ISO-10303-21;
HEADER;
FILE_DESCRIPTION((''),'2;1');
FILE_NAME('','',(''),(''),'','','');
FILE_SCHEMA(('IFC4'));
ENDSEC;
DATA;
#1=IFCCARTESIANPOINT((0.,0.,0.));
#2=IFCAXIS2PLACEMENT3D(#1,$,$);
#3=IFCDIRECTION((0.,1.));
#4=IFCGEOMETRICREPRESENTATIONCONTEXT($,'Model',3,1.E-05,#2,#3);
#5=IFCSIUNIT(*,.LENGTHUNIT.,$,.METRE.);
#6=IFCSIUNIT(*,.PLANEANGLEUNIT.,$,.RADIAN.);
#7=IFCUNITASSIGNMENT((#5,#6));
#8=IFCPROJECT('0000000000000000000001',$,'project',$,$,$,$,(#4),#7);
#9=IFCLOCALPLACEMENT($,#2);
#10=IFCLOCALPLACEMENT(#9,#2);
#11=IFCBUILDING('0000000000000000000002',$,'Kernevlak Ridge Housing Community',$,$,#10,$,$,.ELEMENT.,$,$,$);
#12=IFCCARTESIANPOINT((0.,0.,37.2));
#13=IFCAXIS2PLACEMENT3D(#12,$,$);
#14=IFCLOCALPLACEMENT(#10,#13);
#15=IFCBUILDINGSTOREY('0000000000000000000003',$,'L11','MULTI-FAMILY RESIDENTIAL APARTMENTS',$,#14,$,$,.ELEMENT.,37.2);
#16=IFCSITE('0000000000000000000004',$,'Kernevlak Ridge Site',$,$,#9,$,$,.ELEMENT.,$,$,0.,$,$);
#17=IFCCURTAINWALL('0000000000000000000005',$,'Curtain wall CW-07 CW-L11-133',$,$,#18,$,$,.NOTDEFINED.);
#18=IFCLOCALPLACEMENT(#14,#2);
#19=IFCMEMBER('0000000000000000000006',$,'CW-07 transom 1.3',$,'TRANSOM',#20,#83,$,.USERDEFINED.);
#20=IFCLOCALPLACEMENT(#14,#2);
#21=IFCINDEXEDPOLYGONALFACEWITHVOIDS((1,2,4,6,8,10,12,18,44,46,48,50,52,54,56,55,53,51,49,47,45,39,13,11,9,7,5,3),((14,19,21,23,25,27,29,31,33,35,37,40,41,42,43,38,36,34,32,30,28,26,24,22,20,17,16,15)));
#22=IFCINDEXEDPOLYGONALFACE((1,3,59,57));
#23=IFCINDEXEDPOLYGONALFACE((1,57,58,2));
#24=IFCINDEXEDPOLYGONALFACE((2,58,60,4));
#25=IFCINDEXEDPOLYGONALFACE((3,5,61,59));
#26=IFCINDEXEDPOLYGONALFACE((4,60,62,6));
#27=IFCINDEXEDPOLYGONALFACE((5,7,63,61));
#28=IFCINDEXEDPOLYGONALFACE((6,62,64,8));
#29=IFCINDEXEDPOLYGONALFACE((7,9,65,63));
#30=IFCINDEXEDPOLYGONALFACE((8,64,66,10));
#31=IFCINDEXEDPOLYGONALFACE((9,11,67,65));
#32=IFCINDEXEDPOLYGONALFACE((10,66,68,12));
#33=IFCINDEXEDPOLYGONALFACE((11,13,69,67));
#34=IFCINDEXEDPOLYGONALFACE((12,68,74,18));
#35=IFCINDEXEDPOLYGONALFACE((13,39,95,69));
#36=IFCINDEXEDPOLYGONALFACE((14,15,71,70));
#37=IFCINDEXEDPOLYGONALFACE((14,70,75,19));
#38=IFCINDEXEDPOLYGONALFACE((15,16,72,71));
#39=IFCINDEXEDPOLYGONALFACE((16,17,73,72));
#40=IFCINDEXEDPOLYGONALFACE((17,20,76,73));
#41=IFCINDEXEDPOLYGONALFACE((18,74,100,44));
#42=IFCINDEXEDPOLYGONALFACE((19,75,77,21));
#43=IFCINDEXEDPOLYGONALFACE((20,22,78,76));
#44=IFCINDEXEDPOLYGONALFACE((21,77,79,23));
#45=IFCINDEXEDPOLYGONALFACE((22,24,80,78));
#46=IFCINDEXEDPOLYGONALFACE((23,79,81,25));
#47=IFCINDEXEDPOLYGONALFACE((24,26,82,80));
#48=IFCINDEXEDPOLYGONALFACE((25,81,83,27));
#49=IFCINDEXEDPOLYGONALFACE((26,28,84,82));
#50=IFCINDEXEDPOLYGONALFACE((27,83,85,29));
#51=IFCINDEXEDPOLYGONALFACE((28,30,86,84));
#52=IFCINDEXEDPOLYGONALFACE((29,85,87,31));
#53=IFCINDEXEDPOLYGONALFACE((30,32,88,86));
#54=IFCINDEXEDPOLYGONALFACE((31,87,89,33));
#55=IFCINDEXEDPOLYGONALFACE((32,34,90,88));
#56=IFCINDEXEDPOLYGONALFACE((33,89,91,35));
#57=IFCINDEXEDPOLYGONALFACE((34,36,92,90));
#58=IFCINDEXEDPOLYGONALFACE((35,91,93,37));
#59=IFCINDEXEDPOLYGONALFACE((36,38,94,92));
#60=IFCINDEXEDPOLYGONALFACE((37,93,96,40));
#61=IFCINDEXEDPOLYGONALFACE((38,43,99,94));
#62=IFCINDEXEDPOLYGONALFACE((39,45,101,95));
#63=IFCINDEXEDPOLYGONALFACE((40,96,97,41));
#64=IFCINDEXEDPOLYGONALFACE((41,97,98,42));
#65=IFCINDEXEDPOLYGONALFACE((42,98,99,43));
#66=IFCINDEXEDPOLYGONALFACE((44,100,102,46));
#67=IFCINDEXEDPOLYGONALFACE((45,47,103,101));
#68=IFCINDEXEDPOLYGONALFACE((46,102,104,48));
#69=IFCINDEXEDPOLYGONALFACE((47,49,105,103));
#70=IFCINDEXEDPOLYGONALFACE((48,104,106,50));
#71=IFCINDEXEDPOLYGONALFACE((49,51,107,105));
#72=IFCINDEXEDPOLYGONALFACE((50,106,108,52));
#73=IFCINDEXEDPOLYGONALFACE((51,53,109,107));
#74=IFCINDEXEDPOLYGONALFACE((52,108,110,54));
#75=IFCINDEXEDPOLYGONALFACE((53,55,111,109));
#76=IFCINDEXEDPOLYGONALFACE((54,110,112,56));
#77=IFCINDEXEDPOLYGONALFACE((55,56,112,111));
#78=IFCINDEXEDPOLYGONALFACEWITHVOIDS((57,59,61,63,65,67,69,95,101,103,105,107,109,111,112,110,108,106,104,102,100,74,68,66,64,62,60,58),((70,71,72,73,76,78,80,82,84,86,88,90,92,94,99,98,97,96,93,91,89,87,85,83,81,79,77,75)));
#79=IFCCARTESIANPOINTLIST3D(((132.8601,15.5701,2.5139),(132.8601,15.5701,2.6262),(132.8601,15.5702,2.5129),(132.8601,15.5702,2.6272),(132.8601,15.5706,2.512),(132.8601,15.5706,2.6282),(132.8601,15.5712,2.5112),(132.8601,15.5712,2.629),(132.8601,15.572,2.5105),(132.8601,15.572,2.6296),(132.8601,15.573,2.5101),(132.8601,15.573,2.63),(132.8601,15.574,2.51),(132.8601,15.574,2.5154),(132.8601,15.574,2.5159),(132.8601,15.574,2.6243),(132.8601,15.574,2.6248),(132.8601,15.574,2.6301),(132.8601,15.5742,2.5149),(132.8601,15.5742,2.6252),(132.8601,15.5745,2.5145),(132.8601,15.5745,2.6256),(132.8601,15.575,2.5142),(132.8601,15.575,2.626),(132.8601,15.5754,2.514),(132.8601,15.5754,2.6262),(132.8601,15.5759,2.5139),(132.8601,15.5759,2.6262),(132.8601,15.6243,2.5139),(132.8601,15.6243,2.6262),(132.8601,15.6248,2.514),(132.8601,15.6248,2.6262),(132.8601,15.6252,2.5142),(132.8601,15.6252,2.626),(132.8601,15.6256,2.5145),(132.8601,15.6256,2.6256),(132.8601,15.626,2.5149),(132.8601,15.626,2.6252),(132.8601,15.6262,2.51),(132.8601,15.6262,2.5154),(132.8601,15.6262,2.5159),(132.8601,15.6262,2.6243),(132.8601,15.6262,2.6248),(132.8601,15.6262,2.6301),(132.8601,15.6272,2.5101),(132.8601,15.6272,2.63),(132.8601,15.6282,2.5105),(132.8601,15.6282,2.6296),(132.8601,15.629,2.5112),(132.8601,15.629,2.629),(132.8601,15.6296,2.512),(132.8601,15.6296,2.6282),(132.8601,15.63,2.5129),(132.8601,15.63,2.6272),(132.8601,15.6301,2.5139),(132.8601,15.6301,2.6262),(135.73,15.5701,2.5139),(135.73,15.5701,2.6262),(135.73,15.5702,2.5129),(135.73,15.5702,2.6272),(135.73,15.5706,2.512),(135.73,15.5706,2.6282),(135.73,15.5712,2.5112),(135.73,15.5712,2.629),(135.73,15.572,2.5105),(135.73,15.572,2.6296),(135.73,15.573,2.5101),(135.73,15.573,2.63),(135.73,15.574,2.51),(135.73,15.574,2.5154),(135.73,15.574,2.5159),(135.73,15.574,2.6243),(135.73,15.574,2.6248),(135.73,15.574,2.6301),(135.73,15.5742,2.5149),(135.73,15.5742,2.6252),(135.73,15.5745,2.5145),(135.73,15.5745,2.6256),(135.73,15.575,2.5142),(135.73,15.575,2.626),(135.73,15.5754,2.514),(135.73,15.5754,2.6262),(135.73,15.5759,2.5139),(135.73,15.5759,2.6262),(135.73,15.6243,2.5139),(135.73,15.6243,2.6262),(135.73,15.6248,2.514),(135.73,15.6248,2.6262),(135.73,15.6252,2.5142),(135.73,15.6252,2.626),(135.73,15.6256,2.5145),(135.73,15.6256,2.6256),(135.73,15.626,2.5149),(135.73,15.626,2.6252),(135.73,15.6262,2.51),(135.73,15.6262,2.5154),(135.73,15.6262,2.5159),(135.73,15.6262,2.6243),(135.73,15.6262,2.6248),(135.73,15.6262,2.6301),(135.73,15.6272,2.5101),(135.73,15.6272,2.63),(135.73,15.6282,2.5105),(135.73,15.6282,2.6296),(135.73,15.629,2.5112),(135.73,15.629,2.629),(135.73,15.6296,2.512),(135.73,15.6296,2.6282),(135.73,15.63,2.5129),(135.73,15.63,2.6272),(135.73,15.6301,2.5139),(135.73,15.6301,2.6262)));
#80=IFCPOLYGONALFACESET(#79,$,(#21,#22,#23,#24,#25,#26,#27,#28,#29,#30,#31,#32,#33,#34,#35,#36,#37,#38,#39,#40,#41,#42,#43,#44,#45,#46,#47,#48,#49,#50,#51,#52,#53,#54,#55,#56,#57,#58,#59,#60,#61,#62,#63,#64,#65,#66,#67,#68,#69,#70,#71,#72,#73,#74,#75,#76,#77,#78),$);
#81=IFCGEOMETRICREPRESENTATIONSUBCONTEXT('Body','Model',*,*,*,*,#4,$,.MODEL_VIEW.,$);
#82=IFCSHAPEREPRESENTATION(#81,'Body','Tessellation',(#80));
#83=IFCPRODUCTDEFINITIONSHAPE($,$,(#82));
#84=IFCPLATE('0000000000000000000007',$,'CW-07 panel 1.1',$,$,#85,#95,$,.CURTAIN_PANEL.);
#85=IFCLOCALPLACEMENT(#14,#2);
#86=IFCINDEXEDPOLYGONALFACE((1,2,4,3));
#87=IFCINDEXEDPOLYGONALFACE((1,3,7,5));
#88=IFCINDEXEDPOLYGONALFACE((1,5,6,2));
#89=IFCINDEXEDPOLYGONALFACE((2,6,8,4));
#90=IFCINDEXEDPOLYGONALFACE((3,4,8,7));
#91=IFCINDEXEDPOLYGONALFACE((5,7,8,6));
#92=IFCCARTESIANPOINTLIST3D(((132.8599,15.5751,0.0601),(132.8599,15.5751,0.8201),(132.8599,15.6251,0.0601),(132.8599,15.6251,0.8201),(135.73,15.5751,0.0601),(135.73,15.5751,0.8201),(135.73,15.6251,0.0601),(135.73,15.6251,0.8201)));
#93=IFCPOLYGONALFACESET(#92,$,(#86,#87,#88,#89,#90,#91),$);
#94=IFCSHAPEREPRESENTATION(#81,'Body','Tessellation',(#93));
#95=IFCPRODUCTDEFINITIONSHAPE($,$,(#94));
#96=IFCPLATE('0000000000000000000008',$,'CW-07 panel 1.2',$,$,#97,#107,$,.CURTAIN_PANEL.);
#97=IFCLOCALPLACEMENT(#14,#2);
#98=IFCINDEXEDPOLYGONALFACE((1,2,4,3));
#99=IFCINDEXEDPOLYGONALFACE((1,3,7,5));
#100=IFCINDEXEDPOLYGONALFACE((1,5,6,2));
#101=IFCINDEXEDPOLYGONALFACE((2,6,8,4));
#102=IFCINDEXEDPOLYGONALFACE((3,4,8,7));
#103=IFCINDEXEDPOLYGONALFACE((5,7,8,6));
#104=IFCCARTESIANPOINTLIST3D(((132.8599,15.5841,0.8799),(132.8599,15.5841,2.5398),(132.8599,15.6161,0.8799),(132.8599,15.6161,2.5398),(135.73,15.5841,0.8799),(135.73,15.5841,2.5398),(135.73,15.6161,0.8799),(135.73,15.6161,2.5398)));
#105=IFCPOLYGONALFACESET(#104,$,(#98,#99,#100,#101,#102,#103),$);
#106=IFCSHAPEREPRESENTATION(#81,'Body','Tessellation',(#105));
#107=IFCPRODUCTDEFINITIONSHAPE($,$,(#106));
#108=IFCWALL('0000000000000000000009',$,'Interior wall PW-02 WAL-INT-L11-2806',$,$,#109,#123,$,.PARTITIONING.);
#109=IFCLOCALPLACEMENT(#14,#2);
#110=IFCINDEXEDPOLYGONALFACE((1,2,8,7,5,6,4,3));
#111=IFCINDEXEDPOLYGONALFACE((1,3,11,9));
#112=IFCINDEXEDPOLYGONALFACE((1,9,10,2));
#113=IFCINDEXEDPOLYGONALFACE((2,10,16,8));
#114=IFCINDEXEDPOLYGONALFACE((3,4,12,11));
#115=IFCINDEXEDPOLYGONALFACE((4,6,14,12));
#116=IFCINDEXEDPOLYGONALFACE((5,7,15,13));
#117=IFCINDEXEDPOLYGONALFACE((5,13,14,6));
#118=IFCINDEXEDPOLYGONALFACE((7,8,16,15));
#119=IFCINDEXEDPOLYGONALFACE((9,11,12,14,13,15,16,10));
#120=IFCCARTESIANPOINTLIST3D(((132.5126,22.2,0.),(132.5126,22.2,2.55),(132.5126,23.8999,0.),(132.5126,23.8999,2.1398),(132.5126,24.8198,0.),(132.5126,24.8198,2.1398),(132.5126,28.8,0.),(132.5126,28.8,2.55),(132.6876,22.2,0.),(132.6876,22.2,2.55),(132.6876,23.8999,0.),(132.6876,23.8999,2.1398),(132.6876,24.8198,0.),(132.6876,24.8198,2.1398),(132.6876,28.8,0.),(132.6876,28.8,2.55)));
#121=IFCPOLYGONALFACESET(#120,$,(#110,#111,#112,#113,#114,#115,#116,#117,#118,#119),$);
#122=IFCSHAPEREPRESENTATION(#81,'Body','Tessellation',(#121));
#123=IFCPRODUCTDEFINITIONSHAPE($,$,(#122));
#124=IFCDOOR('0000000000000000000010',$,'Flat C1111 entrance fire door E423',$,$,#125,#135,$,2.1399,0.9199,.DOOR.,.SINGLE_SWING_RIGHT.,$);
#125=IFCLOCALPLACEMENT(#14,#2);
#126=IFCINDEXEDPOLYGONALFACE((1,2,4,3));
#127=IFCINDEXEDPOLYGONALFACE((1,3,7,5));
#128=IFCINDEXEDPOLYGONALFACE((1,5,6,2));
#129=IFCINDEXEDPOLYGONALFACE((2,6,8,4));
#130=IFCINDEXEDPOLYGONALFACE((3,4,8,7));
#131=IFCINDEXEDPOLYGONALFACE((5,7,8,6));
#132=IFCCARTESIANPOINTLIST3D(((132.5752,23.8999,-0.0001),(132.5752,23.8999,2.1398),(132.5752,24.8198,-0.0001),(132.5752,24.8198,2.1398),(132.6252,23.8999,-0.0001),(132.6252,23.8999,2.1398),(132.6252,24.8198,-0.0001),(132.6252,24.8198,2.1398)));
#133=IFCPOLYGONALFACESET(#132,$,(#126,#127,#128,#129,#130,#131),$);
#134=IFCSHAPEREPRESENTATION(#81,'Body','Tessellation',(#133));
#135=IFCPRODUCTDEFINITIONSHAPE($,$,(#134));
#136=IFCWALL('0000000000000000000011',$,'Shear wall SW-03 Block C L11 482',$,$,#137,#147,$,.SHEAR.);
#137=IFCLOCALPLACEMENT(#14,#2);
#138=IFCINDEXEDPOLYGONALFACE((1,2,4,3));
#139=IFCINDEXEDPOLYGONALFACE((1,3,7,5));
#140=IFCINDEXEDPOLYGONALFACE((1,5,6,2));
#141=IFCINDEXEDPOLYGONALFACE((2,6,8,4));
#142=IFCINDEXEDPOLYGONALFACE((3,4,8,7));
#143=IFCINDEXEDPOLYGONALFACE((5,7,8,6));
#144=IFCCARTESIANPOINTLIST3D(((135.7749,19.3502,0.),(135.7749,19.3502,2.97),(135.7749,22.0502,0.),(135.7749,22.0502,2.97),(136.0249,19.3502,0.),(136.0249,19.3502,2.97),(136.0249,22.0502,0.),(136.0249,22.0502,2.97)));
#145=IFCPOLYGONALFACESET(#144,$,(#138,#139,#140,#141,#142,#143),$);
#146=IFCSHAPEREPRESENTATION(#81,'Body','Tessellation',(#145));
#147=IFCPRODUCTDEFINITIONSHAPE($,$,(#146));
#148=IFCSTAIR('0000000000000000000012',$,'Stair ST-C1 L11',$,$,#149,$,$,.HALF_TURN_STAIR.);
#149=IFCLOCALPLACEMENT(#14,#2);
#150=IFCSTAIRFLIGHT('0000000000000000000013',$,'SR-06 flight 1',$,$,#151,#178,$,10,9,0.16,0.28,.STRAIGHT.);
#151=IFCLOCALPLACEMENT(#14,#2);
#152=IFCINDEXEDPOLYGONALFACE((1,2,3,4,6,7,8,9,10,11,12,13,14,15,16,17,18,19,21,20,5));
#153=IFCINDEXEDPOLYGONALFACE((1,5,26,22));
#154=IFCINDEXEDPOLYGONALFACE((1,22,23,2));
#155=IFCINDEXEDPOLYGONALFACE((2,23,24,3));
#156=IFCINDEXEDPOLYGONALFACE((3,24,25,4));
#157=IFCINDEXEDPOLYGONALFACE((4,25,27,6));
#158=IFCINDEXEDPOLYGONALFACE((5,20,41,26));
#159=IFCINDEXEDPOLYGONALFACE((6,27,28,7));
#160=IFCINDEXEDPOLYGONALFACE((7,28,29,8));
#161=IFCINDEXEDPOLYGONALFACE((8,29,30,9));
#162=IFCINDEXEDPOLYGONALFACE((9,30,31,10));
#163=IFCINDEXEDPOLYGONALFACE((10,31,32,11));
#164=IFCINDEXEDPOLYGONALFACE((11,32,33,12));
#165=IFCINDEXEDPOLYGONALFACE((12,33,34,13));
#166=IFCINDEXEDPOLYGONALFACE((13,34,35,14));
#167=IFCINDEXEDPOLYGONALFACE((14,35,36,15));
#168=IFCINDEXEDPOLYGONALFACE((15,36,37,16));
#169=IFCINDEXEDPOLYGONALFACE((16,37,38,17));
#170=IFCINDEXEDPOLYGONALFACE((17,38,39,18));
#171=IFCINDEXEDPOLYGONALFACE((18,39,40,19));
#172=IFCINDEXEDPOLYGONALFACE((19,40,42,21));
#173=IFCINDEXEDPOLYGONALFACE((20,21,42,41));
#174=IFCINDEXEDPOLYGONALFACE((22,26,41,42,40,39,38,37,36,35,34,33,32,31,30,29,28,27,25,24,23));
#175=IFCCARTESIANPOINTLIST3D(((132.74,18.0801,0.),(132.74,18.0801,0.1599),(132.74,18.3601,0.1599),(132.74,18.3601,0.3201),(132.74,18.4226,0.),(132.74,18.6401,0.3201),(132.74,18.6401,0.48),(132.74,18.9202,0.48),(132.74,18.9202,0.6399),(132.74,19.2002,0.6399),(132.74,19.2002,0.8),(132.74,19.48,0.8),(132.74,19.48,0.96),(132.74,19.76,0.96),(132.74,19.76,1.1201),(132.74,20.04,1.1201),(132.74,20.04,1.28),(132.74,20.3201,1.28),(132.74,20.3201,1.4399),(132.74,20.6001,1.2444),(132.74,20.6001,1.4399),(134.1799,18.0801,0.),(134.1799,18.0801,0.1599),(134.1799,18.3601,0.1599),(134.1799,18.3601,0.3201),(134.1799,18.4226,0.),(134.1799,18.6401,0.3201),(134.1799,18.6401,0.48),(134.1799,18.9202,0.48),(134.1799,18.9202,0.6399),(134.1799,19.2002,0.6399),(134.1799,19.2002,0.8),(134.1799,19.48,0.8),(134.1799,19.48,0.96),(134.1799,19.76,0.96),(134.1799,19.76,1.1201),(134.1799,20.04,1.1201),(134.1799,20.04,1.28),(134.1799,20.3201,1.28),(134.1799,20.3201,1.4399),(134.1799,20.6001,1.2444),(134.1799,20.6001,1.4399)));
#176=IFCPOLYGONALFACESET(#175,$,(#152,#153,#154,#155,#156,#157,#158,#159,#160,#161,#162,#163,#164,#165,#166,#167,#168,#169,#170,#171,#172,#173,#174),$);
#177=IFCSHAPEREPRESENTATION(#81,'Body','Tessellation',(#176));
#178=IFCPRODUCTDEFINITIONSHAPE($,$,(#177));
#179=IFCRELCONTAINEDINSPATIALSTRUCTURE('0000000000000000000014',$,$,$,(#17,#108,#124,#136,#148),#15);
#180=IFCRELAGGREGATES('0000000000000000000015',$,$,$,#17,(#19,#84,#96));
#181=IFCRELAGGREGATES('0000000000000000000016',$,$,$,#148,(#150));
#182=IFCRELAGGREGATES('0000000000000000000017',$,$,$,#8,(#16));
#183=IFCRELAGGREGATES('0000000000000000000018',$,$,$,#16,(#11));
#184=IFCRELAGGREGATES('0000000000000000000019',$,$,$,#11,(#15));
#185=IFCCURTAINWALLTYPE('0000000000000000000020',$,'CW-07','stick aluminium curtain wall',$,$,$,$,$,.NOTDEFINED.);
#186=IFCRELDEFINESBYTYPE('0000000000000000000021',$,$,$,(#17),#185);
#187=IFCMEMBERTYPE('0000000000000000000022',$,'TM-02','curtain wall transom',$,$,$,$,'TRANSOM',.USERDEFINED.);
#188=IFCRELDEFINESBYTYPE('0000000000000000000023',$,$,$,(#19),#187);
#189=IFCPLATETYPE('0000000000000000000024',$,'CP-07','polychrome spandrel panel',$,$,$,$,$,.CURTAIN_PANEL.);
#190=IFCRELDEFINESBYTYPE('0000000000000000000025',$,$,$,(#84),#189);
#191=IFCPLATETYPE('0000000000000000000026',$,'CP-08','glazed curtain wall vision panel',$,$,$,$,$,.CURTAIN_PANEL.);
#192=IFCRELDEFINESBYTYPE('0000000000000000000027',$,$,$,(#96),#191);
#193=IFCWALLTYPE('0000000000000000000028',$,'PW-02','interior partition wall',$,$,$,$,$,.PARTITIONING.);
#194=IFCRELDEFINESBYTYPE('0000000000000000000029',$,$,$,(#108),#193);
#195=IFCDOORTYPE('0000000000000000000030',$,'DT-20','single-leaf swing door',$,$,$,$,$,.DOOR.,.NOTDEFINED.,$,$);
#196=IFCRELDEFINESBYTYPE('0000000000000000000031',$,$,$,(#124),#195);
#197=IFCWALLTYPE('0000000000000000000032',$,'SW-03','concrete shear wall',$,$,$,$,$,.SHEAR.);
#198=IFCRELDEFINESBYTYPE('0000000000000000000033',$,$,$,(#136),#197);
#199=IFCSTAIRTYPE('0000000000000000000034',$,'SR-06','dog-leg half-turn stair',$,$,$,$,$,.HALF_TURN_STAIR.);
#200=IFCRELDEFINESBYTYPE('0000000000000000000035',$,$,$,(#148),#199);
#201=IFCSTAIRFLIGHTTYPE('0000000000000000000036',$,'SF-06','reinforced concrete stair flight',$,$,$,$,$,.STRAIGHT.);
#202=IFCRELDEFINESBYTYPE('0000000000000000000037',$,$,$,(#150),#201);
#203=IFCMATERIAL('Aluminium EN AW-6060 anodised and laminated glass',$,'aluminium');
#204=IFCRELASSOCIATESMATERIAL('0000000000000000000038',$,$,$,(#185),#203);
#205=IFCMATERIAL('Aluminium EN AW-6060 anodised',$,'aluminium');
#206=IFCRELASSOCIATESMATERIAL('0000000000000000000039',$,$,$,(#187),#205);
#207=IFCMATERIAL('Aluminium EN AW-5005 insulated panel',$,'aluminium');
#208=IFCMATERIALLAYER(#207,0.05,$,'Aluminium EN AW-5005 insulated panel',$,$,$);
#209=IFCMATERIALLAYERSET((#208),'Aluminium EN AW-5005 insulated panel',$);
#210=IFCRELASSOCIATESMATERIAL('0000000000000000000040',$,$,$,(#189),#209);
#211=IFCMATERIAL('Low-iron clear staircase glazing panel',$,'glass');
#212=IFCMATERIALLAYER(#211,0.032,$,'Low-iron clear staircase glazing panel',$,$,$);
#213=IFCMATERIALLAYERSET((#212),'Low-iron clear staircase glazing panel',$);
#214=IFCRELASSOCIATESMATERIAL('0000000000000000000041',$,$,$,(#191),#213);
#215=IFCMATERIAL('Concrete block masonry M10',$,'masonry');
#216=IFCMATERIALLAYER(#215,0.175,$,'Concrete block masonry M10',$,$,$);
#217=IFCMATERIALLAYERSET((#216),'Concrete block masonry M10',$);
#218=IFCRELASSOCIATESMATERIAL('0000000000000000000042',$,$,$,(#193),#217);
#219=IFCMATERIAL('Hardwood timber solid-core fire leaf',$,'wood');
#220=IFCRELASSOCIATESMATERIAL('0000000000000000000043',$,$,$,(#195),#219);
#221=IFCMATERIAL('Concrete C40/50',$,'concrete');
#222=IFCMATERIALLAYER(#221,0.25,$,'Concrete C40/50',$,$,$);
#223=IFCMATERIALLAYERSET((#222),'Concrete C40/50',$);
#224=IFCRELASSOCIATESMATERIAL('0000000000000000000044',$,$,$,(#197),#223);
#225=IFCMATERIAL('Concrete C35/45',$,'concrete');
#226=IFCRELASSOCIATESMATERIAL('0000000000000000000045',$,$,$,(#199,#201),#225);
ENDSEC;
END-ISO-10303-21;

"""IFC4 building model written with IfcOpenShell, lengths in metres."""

from ifc_helpers import new_model, si_unit, direction, frame, frame_2d, origin, origin_2d, place, context, subcontext, project, spatial, polyline, rectangle, hollow_rectangle, outline, extrude, material, layer, layer_set, material_profile, profile_set, type_object, element, fill, aggregate, save


model = new_model("IFC4")

# Units and contexts
model_context = context("Model", 3, precision=1e-05, world=origin(), true_north=direction((0.0, 1.0)))
body_context = subcontext(model_context, "Body", "Model", "MODEL_VIEW")
ifc_project = project(units=[si_unit("LENGTHUNIT", "METRE"), si_unit("PLANEANGLEUNIT", "RADIAN")], contexts=[model_context])

# Site, building, storey
site_placement = place(None, origin())
site = spatial("IfcSite", under=ifc_project, at=site_placement, Name="Kernevlak Ridge Site", CompositionType="ELEMENT", RefElevation=0.0)
building_placement = place(site_placement, origin())
building = spatial("IfcBuilding", under=site, at=building_placement, Name="Kernevlak Ridge Housing Community", CompositionType="ELEMENT")
storey_placement = place(building_placement, frame((0.0, 0.0, 37.2)))
storey = spatial("IfcBuildingStorey", under=building, at=storey_placement, Name="L11", Description="MULTI-FAMILY RESIDENTIAL APARTMENTS", CompositionType="ELEMENT", Elevation=37.2)

# Curtain wall
ifc_material_1 = material(Name="Aluminium EN AW-6060 anodised and laminated glass", Category="aluminium")
curtain_wall_type = type_object("IfcCurtainWallType", Name="CW-07", Description="stick aluminium curtain wall", PredefinedType="NOTDEFINED", material=ifc_material_1)
curtain_wall_placement = place(storey_placement, origin())
curtain_wall = element("IfcCurtainWall", 1, at=curtain_wall_placement, inside=storey, type_object=curtain_wall_type, Name="Curtain wall CW-07 CW-L11-133", PredefinedType="NOTDEFINED")
ifc_material_2 = material(Name="Aluminium EN AW-6060 anodised", Category="aluminium")

# Shared definitions
ifc_material_3 = material(Name="Concrete C35/45", Category="concrete")

# Member
ifc_material_profile_1 = material_profile(ifc_material_2, hollow_rectangle(XDim=0.0601, YDim=0.1201, WallThickness=0.0039, InnerFilletRadius=0.002, OuterFilletRadius=0.0039, at=origin_2d()), Name="ALU 60x120x4")
ifc_profile_set_1 = profile_set([ifc_material_profile_1], Name="Aluminium EN AW-6060 anodised")
member_type_1 = type_object("IfcMemberType", Name="TM-02", Description="curtain wall transom", ElementType="TRANSOM", PredefinedType="USERDEFINED", material=ifc_profile_set_1)
member_1_placement = place(storey_placement, frame((132.8601, 15.6001, 2.5701), z_axis=(1.0, 0.0, 0.0), x_axis=(0.0, 1.0, 0.0)))
member_1 = element("IfcMember", 2, at=member_1_placement, type_object=member_type_1, Name="CW-07 transom 1.3", ObjectType="TRANSOM", PredefinedType="USERDEFINED", context=body_context, shape_type="SweptSolid", body=[
    extrude(hollow_rectangle(XDim=0.0601, YDim=0.1201, WallThickness=0.0039, InnerFilletRadius=0.002, OuterFilletRadius=0.0039, at=origin_2d()), origin(), (0.0, 0.0, 1.0), 2.8699),
])

# Plates
ifc_material_4 = material(Name="Aluminium EN AW-5005 insulated panel", Category="aluminium")
ifc_layer_1 = layer(ifc_material_4, 0.05, Name="Aluminium EN AW-5005 insulated panel")
ifc_layer_set_1 = layer_set([ifc_layer_1], Name="Aluminium EN AW-5005 insulated panel")
plate_type_1 = type_object("IfcPlateType", Name="CP-07", Description="polychrome spandrel panel", PredefinedType="CURTAIN_PANEL", material=ifc_layer_set_1)
plate_1_placement = place(storey_placement, frame((134.2949, 15.6001, 0.0601), z_axis=(0.0, 0.0, 1.0), x_axis=(1.0, 0.0, 0.0)))
plate_1 = element("IfcPlate", 3, at=plate_1_placement, type_object=plate_type_1, Name="CW-07 panel 1.1", PredefinedType="CURTAIN_PANEL", context=body_context, shape_type="SweptSolid", body=[
    extrude(rectangle(XDim=2.8701, YDim=0.05, at=origin_2d()), origin(), (0.0, 0.0, 1.0), 0.76),
])
ifc_material_5 = material(Name="Low-iron clear staircase glazing panel", Category="glass")
ifc_layer_2 = layer(ifc_material_5, 0.032, Name="Low-iron clear staircase glazing panel")
ifc_layer_set_2 = layer_set([ifc_layer_2], Name="Low-iron clear staircase glazing panel")
plate_type_2 = type_object("IfcPlateType", Name="CP-08", Description="glazed curtain wall vision panel", PredefinedType="CURTAIN_PANEL", material=ifc_layer_set_2)
plate_2_placement = place(storey_placement, frame((134.2949, 15.6001, 0.8799), z_axis=(0.0, 0.0, 1.0), x_axis=(1.0, 0.0, 0.0)))
plate_2 = element("IfcPlate", 4, at=plate_2_placement, type_object=plate_type_2, Name="CW-07 panel 1.2", PredefinedType="CURTAIN_PANEL", context=body_context, shape_type="SweptSolid", body=[
    extrude(rectangle(XDim=2.8701, YDim=0.032, at=origin_2d()), origin(), (0.0, 0.0, 1.0), 1.6599),
])
aggregate(curtain_wall, [member_1, plate_1, plate_2])

# Wall, opening, door
ifc_material_6 = material(Name="Concrete block masonry M10", Category="masonry")
ifc_layer_3 = layer(ifc_material_6, 0.175, Name="Concrete block masonry M10")
ifc_layer_set_3 = layer_set([ifc_layer_3], Name="Concrete block masonry M10")
wall_type_1 = type_object("IfcWallType", Name="PW-02", Description="interior partition wall", PredefinedType="PARTITIONING", material=ifc_layer_set_3)
wall_1_placement = place(storey_placement, frame((132.6001, 22.2, 0.0), z_axis=(0.0, 0.0, 1.0), x_axis=(0.0, 1.0, 0.0)))
wall_1 = element("IfcWall", 5, at=wall_1_placement, inside=storey, type_object=wall_type_1, Name="Interior wall PW-02 WAL-INT-L11-2806", PredefinedType="PARTITIONING", context=body_context, shape_type="SweptSolid", body=[
    extrude(rectangle(XDim=6.6001, YDim=0.175, at=frame_2d((3.3, 0.0))), origin(), (0.0, 0.0, 1.0), 2.55),
])
opening_1_placement = place(wall_1_placement, frame((1.7, 0.0, 0.0)))
opening_1 = element("IfcOpeningElement", 6, at=opening_1_placement, cuts=wall_1, PredefinedType="OPENING", context=body_context, shape_type="SweptSolid", body=[
    extrude(rectangle(XDim=0.9199, YDim=2.1399, at=frame_2d((0.46, 1.0698))), frame((0.0, 0.0974, 0.0), z_axis=(0.0, -1.0, 0.0), x_axis=(1.0, 0.0, 0.0)), (0.0, 0.0, 1.0), 0.1951),
])
ifc_material_7 = material(Name="Hardwood timber solid-core fire leaf", Category="wood")
door_type_1 = type_object("IfcDoorType", Name="DT-20", Description="single-leaf swing door", OperationType="NOTDEFINED", PredefinedType="DOOR", material=ifc_material_7)
door_1_placement = place(opening_1_placement, origin())
door_1 = element("IfcDoor", 7, at=door_1_placement, inside=storey, type_object=door_type_1, Name="Flat C1111 entrance fire door E423", OperationType="SINGLE_SWING_RIGHT", OverallHeight=2.1399, OverallWidth=0.9199, PredefinedType="DOOR", context=body_context, shape_type="SweptSolid", body=[
    extrude(rectangle(XDim=0.9199, YDim=2.1399, at=frame_2d((0.46, 1.0698))), frame((0.0, 0.0249, 0.0), z_axis=(0.0, -1.0, 0.0), x_axis=(1.0, 0.0, 0.0)), (0.0, 0.0, 1.0), 0.05),
])
fill(opening_1, door_1)

# Wall
ifc_material_8 = material(Name="Concrete C40/50", Category="concrete")
ifc_layer_4 = layer(ifc_material_8, 0.25, Name="Concrete C40/50")
ifc_layer_set_4 = layer_set([ifc_layer_4], Name="Concrete C40/50")
wall_type_2 = type_object("IfcWallType", Name="SW-03", Description="concrete shear wall", PredefinedType="SHEAR", material=ifc_layer_set_4)
wall_2_placement = place(storey_placement, frame((135.8999, 19.3501, 0.0), z_axis=(0.0, 0.0, 1.0), x_axis=(0.0, 1.0, 0.0)))
element("IfcWall", 8, at=wall_2_placement, inside=storey, type_object=wall_type_2, Name="Shear wall SW-03 Block C L11 482", PredefinedType="SHEAR", context=body_context, shape_type="SweptSolid", body=[
    extrude(rectangle(XDim=2.7, YDim=0.25, at=frame_2d((1.3501, 0.0))), origin(), (0.0, 0.0, 1.0), 2.97),
])

# Stair, stair flight
stair_type = type_object("IfcStairType", Name="SR-06", Description="dog-leg half-turn stair", PredefinedType="HALF_TURN_STAIR", material=ifc_material_3)
stair_placement = place(storey_placement, origin())
stair = element("IfcStair", 9, at=stair_placement, inside=storey, type_object=stair_type, Name="Stair ST-C1 L11", PredefinedType="HALF_TURN_STAIR")
stair_flight_type = type_object("IfcStairFlightType", Name="SF-06", Description="reinforced concrete stair flight", PredefinedType="STRAIGHT", material=ifc_material_3)
stair_flight_1_placement = place(storey_placement, frame((133.46, 18.0801, 0.0), z_axis=(0.0, 0.0, 1.0), x_axis=(0.0, 1.0, 0.0)))
stair_flight_1 = element("IfcStairFlight", 10, at=stair_flight_1_placement, type_object=stair_flight_type, Name="SR-06 flight 1", NumberOfRisers=10, NumberOfTreads=9, PredefinedType="STRAIGHT", RiserHeight=0.16, TreadLength=0.28, context=body_context, shape_type="SweptSolid", body=[
    extrude(outline(polyline([(0.0, 0.0), (0.0, 0.1599), (0.28, 0.1599), (0.28, 0.3201), (0.5601, 0.3201), (0.5601, 0.48), (0.8401, 0.48), (0.8401, 0.6399), (1.1201, 0.6399), (1.1201, 0.8), (1.3999, 0.8), (1.3999, 0.96), (1.6799, 0.96), (1.6799, 1.1201), (1.96, 1.1201), (1.96, 1.28), (2.24, 1.28), (2.24, 1.4399), (2.52, 1.4399), (2.52, 1.6001), (2.52, 1.2444), (0.3425, 0.0), (0.0, 0.0)])), frame((0.0, 0.72, 0.0), z_axis=(0.0, -1.0, 0.0), x_axis=(1.0, 0.0, 0.0)), (0.0, 0.0, 1.0), 1.4399),
])
aggregate(stair, [stair_flight_1])

save(model, "model.ifc")
